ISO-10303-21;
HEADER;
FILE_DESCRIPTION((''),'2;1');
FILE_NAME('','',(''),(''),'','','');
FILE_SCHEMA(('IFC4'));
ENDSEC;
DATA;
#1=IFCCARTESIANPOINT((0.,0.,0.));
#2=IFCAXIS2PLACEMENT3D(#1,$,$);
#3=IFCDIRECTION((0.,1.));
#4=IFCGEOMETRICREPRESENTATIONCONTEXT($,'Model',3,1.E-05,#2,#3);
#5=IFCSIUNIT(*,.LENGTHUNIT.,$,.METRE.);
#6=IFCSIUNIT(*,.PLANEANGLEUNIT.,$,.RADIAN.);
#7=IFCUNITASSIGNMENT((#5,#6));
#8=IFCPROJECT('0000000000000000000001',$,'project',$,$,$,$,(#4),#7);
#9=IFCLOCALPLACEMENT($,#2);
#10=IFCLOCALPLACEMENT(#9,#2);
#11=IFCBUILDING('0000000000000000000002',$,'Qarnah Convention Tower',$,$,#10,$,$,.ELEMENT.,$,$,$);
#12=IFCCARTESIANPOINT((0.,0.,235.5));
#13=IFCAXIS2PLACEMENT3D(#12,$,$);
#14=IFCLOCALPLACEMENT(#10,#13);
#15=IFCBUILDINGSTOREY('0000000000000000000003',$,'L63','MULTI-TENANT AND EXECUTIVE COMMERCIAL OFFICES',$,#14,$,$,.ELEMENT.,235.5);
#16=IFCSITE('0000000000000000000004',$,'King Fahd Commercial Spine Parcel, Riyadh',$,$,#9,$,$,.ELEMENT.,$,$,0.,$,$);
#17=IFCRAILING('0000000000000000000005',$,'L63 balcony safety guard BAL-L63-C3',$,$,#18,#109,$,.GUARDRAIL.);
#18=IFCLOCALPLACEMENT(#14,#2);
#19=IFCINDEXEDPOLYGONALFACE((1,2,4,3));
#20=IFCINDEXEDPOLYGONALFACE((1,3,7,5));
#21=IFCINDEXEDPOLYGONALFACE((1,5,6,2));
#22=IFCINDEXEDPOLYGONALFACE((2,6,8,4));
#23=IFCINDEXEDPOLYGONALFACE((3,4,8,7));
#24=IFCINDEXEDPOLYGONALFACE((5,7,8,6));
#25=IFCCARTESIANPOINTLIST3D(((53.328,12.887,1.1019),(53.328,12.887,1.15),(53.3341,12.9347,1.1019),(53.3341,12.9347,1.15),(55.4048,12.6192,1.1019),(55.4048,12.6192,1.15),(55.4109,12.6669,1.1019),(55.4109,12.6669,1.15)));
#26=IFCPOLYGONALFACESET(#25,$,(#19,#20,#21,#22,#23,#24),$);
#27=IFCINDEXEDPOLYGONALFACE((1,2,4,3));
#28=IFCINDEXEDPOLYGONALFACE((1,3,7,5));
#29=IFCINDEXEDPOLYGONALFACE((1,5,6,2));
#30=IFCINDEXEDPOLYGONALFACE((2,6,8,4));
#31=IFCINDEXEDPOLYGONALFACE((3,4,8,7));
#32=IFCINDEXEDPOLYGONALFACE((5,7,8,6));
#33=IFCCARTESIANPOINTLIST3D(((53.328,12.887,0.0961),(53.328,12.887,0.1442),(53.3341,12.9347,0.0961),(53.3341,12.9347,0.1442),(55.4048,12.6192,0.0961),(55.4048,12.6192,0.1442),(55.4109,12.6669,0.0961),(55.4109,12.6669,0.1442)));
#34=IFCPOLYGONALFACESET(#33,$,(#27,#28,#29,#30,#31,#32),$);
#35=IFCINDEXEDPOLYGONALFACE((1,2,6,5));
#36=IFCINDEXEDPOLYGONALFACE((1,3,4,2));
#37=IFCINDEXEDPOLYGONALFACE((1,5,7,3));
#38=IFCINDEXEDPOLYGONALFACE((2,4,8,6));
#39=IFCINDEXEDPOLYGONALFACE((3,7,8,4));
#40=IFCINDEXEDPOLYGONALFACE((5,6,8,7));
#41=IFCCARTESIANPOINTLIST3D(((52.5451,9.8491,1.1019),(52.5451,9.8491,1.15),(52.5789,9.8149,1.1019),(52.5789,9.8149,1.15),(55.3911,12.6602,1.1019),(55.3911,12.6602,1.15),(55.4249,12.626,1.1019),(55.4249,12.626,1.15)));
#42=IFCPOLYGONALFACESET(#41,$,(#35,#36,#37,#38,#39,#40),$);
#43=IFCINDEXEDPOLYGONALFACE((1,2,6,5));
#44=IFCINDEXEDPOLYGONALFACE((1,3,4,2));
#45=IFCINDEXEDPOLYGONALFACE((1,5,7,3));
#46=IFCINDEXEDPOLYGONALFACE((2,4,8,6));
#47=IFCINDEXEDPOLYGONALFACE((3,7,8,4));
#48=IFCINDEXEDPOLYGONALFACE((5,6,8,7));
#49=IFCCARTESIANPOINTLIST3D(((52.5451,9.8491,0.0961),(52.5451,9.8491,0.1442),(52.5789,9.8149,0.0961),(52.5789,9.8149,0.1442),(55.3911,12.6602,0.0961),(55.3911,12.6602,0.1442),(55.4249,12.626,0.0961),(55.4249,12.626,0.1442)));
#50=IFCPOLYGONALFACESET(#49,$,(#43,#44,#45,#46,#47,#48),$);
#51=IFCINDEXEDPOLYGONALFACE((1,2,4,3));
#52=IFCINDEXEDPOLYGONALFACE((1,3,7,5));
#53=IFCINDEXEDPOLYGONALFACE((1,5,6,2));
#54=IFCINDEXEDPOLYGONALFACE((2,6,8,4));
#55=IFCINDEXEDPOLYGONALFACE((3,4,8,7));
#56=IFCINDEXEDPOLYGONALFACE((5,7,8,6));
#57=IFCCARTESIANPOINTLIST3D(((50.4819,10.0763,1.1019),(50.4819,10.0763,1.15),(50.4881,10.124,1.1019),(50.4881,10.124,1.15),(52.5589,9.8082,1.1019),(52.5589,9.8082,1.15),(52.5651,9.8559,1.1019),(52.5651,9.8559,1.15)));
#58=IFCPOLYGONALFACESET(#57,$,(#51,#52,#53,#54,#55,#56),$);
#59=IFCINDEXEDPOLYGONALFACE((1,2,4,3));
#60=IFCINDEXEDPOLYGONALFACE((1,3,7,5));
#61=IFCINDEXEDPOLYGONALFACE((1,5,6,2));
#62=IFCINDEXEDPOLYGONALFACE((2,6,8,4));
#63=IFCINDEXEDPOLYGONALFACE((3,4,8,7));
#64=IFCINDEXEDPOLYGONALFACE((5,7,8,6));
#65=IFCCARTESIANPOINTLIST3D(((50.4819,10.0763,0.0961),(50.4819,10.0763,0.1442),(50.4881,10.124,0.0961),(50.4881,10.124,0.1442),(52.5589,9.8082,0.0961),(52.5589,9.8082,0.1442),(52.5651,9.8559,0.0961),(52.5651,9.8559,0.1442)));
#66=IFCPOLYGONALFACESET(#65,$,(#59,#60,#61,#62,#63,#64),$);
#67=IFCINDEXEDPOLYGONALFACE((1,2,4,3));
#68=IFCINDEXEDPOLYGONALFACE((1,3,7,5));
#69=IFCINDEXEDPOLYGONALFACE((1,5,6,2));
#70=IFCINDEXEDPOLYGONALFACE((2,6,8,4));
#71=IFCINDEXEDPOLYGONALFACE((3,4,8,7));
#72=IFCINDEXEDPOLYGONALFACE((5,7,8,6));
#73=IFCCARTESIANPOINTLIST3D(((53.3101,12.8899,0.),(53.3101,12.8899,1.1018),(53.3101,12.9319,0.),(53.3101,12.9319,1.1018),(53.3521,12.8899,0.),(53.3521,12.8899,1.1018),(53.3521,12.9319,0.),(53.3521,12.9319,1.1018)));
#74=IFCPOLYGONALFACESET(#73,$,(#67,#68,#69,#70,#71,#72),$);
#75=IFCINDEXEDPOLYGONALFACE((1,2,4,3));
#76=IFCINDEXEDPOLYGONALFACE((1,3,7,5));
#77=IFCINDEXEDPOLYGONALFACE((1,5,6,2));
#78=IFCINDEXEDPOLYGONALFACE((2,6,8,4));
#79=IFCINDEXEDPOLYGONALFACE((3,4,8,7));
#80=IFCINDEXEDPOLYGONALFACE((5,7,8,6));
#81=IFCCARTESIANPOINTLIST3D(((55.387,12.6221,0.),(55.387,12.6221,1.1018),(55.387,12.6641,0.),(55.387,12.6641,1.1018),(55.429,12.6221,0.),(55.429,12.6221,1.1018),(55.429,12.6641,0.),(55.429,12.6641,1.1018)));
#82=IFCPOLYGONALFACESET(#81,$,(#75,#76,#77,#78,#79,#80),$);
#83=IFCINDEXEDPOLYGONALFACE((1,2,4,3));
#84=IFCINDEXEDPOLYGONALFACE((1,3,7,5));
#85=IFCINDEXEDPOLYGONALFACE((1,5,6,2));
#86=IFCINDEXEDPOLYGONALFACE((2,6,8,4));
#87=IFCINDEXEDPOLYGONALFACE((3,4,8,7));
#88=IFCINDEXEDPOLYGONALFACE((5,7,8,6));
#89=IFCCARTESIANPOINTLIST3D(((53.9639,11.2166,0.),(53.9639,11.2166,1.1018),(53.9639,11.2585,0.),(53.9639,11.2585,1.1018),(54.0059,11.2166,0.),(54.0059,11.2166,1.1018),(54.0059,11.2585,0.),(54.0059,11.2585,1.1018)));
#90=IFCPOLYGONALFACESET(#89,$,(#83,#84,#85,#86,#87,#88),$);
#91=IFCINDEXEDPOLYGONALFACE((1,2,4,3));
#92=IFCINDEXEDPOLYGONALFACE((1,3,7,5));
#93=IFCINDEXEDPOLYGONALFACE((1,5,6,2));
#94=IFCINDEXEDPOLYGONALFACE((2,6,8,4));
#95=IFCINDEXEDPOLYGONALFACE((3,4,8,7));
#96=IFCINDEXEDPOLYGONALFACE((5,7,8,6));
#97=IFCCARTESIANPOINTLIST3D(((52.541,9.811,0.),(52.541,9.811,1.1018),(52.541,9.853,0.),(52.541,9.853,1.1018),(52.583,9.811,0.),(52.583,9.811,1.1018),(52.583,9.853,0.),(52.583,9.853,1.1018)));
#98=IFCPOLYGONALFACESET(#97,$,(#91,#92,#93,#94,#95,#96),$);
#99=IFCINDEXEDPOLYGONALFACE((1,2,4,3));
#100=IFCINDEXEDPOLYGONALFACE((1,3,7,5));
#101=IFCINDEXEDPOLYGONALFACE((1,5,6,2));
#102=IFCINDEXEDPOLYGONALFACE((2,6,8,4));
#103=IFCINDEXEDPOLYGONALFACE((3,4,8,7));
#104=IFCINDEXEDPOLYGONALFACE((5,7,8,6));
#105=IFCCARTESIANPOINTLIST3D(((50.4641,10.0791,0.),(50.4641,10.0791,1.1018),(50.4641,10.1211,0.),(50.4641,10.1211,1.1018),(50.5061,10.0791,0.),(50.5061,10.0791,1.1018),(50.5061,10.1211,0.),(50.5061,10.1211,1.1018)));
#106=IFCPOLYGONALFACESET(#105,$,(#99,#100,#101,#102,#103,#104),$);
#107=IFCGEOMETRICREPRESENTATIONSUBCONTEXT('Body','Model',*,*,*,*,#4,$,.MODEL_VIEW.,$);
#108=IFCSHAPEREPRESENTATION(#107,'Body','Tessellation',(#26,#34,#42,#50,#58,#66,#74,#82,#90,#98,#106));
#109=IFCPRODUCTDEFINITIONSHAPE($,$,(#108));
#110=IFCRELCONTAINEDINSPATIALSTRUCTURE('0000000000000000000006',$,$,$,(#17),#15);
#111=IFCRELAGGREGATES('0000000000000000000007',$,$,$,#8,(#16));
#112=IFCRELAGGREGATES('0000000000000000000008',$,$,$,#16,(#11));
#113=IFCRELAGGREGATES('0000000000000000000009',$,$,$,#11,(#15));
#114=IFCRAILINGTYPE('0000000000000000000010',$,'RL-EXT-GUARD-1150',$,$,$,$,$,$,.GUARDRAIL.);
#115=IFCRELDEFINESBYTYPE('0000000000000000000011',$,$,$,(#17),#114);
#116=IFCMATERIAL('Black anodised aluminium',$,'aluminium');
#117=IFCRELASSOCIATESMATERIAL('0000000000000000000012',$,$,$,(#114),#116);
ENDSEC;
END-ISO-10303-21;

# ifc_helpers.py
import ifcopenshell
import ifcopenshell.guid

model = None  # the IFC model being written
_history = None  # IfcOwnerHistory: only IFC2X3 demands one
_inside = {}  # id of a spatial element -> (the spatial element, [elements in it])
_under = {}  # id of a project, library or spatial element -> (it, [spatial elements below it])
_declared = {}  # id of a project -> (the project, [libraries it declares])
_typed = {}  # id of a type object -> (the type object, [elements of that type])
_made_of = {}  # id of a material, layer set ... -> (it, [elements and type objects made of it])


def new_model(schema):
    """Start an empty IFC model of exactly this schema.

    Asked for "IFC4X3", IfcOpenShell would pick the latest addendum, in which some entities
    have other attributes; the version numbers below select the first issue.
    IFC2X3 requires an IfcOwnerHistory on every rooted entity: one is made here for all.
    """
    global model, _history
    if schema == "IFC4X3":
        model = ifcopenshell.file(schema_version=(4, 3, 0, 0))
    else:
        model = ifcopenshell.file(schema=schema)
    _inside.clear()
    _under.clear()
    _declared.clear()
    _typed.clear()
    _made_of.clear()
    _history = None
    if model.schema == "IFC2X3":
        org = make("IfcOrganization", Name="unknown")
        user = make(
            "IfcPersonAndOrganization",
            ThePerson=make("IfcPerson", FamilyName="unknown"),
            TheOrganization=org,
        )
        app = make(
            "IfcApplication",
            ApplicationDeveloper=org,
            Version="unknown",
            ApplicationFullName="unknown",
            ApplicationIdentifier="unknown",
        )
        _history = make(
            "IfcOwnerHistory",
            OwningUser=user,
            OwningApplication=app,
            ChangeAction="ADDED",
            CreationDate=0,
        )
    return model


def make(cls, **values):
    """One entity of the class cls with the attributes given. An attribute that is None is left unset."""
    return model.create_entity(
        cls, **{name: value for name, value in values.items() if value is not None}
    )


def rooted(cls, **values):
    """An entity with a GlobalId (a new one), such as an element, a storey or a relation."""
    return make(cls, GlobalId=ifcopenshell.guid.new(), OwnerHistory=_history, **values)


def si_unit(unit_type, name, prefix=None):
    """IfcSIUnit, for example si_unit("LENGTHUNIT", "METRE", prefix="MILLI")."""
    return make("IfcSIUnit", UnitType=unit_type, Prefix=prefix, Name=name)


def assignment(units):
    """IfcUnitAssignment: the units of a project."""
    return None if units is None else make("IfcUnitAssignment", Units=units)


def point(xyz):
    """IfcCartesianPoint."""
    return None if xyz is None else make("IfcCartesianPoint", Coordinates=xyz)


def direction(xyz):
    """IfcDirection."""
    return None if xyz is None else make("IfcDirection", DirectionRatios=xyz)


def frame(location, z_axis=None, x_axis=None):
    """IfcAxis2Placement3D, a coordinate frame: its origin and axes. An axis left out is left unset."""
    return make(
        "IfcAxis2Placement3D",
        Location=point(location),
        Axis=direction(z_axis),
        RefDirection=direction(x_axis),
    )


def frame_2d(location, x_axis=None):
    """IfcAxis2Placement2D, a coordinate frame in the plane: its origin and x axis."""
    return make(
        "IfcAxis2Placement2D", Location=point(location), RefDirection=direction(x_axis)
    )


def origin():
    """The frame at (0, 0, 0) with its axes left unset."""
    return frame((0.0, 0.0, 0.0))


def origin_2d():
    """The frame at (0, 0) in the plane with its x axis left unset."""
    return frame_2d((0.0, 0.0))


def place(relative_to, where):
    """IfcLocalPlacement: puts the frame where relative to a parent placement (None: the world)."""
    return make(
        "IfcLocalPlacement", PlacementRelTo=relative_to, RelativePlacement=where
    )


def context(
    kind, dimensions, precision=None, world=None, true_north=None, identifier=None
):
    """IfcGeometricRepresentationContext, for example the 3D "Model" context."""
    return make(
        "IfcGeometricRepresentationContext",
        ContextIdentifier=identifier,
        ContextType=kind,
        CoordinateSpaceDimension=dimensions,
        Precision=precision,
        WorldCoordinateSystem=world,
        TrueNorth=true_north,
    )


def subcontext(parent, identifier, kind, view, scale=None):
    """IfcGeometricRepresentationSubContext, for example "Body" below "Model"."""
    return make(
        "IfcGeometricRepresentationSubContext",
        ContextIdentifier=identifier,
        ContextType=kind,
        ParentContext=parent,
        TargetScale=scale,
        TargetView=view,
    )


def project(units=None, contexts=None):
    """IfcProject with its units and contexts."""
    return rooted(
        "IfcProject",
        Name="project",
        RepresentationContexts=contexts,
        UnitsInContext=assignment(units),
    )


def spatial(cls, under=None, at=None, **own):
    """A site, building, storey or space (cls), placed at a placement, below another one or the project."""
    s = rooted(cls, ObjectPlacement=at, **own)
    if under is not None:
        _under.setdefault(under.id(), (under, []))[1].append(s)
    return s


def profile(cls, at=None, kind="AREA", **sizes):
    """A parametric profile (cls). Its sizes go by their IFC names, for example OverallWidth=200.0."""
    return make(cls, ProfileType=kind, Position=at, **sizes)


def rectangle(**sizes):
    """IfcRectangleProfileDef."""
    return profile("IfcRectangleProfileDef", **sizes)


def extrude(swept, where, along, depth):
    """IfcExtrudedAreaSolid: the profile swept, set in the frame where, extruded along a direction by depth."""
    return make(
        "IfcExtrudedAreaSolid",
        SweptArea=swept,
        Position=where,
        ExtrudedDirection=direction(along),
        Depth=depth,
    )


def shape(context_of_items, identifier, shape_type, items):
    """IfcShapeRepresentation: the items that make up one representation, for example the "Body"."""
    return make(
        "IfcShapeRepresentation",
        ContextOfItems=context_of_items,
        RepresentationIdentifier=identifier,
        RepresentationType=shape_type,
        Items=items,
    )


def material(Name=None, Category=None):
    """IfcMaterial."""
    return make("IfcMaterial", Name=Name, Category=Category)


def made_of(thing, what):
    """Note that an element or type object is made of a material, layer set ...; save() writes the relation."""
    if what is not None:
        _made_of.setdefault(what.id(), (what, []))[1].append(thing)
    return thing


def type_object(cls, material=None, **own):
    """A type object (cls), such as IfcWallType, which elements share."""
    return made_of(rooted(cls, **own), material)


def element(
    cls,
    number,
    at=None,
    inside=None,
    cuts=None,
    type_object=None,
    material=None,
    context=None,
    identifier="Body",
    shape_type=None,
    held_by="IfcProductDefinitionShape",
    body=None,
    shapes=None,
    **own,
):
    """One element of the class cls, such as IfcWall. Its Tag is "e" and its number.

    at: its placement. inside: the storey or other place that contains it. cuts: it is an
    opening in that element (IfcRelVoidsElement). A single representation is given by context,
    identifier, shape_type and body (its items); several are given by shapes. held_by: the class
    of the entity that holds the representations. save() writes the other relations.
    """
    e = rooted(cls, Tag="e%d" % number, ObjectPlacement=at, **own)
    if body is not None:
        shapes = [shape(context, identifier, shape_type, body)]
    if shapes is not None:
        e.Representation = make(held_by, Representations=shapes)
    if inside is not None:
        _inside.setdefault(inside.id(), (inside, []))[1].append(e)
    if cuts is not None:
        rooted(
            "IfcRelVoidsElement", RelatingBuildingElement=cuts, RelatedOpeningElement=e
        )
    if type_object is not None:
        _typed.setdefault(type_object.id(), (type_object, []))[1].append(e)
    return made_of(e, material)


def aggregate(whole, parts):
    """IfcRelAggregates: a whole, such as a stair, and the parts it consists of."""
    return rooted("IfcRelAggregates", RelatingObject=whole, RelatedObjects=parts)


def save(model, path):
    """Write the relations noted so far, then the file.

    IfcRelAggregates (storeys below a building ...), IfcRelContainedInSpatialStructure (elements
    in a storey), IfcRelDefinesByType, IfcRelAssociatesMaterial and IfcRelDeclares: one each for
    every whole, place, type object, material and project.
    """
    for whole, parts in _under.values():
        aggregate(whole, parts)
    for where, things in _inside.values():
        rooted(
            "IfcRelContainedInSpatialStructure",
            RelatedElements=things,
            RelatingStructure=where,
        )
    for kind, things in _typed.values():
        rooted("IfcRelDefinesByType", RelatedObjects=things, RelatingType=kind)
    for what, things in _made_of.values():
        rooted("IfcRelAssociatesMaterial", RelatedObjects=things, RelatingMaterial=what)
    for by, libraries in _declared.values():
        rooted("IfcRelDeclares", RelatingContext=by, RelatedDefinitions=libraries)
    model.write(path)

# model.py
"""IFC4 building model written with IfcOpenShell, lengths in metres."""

from ifc_helpers import new_model, si_unit, direction, frame, origin, origin_2d, place, context, subcontext, project, spatial, rectangle, extrude, material, type_object, element, save


model = new_model("IFC4")

# Units and contexts
model_context = context("Model", 3, precision=1e-05, world=origin(), true_north=direction((0.0, 1.0)))
body_context = subcontext(model_context, "Body", "Model", "MODEL_VIEW")
ifc_project = project(units=[si_unit("LENGTHUNIT", "METRE"), si_unit("PLANEANGLEUNIT", "RADIAN")], contexts=[model_context])

# Site, building, storey
site_placement = place(None, origin())
site = spatial("IfcSite", under=ifc_project, at=site_placement, Name="King Fahd Commercial Spine Parcel, Riyadh", CompositionType="ELEMENT", RefElevation=0.0)
building_placement = place(site_placement, origin())
building = spatial("IfcBuilding", under=site, at=building_placement, Name="Qarnah Convention Tower", CompositionType="ELEMENT")
storey_placement = place(building_placement, frame((0.0, 0.0, 235.5)))
storey = spatial("IfcBuildingStorey", under=building, at=storey_placement, Name="L63", Description="MULTI-TENANT AND EXECUTIVE COMMERCIAL OFFICES", CompositionType="ELEMENT", Elevation=235.5)

# Shared definitions
ifc_material_1 = material(Name="Black anodised aluminium", Category="aluminium")

# Railing
railing_type = type_object("IfcRailingType", Name="RL-EXT-GUARD-1150", PredefinedType="GUARDRAIL", material=ifc_material_1)
railing_1_placement = place(storey_placement, frame((53.3311, 12.9109, 0.0)))
element("IfcRailing", 1, at=railing_1_placement, inside=storey, type_object=railing_type, Name="L63 balcony safety guard BAL-L63-C3", PredefinedType="GUARDRAIL", context=body_context, shape_type="SweptSolid", body=[
    extrude(rectangle(XDim=0.0481, YDim=0.0481, at=origin_2d()), frame((0.0, 0.0, 1.126), z_axis=(0.991788, -0.127894, 0.0), x_axis=(0.127894, 0.991788, 0.0)), (0.0, 0.0, 1.0), 2.094),
    extrude(rectangle(XDim=0.0481, YDim=0.0481, at=origin_2d()), frame((0.0, 0.0, 0.1201), z_axis=(0.991788, -0.127894, 0.0), x_axis=(0.127894, 0.991788, 0.0)), (0.0, 0.0, 1.0), 2.094),
    extrude(rectangle(XDim=0.0481, YDim=0.0481, at=origin_2d()), frame((2.0769, -0.2678, 1.126), z_axis=(-0.711457, -0.702729, 0.0), x_axis=(0.702729, -0.711457, 0.0)), (0.0, 0.0, 1.0), 4.0002),
    extrude(rectangle(XDim=0.0481, YDim=0.0481, at=origin_2d()), frame((2.0769, -0.2678, 0.1201), z_axis=(-0.711457, -0.702729, 0.0), x_axis=(0.702729, -0.711457, 0.0)), (0.0, 0.0, 1.0), 4.0002),
    extrude(rectangle(XDim=0.0481, YDim=0.0481, at=origin_2d()), frame((-0.769, -3.0789, 1.126), z_axis=(-0.991773, 0.128008, 0.0), x_axis=(-0.128008, -0.991773, 0.0)), (0.0, 0.0, 1.0), 2.0942),
    extrude(rectangle(XDim=0.0481, YDim=0.0481, at=origin_2d()), frame((-0.769, -3.0789, 0.1201), z_axis=(-0.991773, 0.128008, 0.0), x_axis=(-0.128008, -0.991773, 0.0)), (0.0, 0.0, 1.0), 2.0942),
    extrude(rectangle(XDim=0.042, YDim=0.042, at=origin_2d()), origin(), (0.0, 0.0, 1.0), 1.1018),
    extrude(rectangle(XDim=0.042, YDim=0.042, at=origin_2d()), frame((2.0769, -0.2678, 0.0)), (0.0, 0.0, 1.0), 1.1018),
    extrude(rectangle(XDim=0.042, YDim=0.042, at=origin_2d()), frame((0.6538, -1.6733, 0.0)), (0.0, 0.0, 1.0), 1.1018),
    extrude(rectangle(XDim=0.042, YDim=0.042, at=origin_2d()), frame((-0.769, -3.0789, 0.0)), (0.0, 0.0, 1.0), 1.1018),
    extrude(rectangle(XDim=0.042, YDim=0.042, at=origin_2d()), frame((-2.8459, -2.8108, 0.0)), (0.0, 0.0, 1.0), 1.1018),
])

save(model, "model.ifc")
